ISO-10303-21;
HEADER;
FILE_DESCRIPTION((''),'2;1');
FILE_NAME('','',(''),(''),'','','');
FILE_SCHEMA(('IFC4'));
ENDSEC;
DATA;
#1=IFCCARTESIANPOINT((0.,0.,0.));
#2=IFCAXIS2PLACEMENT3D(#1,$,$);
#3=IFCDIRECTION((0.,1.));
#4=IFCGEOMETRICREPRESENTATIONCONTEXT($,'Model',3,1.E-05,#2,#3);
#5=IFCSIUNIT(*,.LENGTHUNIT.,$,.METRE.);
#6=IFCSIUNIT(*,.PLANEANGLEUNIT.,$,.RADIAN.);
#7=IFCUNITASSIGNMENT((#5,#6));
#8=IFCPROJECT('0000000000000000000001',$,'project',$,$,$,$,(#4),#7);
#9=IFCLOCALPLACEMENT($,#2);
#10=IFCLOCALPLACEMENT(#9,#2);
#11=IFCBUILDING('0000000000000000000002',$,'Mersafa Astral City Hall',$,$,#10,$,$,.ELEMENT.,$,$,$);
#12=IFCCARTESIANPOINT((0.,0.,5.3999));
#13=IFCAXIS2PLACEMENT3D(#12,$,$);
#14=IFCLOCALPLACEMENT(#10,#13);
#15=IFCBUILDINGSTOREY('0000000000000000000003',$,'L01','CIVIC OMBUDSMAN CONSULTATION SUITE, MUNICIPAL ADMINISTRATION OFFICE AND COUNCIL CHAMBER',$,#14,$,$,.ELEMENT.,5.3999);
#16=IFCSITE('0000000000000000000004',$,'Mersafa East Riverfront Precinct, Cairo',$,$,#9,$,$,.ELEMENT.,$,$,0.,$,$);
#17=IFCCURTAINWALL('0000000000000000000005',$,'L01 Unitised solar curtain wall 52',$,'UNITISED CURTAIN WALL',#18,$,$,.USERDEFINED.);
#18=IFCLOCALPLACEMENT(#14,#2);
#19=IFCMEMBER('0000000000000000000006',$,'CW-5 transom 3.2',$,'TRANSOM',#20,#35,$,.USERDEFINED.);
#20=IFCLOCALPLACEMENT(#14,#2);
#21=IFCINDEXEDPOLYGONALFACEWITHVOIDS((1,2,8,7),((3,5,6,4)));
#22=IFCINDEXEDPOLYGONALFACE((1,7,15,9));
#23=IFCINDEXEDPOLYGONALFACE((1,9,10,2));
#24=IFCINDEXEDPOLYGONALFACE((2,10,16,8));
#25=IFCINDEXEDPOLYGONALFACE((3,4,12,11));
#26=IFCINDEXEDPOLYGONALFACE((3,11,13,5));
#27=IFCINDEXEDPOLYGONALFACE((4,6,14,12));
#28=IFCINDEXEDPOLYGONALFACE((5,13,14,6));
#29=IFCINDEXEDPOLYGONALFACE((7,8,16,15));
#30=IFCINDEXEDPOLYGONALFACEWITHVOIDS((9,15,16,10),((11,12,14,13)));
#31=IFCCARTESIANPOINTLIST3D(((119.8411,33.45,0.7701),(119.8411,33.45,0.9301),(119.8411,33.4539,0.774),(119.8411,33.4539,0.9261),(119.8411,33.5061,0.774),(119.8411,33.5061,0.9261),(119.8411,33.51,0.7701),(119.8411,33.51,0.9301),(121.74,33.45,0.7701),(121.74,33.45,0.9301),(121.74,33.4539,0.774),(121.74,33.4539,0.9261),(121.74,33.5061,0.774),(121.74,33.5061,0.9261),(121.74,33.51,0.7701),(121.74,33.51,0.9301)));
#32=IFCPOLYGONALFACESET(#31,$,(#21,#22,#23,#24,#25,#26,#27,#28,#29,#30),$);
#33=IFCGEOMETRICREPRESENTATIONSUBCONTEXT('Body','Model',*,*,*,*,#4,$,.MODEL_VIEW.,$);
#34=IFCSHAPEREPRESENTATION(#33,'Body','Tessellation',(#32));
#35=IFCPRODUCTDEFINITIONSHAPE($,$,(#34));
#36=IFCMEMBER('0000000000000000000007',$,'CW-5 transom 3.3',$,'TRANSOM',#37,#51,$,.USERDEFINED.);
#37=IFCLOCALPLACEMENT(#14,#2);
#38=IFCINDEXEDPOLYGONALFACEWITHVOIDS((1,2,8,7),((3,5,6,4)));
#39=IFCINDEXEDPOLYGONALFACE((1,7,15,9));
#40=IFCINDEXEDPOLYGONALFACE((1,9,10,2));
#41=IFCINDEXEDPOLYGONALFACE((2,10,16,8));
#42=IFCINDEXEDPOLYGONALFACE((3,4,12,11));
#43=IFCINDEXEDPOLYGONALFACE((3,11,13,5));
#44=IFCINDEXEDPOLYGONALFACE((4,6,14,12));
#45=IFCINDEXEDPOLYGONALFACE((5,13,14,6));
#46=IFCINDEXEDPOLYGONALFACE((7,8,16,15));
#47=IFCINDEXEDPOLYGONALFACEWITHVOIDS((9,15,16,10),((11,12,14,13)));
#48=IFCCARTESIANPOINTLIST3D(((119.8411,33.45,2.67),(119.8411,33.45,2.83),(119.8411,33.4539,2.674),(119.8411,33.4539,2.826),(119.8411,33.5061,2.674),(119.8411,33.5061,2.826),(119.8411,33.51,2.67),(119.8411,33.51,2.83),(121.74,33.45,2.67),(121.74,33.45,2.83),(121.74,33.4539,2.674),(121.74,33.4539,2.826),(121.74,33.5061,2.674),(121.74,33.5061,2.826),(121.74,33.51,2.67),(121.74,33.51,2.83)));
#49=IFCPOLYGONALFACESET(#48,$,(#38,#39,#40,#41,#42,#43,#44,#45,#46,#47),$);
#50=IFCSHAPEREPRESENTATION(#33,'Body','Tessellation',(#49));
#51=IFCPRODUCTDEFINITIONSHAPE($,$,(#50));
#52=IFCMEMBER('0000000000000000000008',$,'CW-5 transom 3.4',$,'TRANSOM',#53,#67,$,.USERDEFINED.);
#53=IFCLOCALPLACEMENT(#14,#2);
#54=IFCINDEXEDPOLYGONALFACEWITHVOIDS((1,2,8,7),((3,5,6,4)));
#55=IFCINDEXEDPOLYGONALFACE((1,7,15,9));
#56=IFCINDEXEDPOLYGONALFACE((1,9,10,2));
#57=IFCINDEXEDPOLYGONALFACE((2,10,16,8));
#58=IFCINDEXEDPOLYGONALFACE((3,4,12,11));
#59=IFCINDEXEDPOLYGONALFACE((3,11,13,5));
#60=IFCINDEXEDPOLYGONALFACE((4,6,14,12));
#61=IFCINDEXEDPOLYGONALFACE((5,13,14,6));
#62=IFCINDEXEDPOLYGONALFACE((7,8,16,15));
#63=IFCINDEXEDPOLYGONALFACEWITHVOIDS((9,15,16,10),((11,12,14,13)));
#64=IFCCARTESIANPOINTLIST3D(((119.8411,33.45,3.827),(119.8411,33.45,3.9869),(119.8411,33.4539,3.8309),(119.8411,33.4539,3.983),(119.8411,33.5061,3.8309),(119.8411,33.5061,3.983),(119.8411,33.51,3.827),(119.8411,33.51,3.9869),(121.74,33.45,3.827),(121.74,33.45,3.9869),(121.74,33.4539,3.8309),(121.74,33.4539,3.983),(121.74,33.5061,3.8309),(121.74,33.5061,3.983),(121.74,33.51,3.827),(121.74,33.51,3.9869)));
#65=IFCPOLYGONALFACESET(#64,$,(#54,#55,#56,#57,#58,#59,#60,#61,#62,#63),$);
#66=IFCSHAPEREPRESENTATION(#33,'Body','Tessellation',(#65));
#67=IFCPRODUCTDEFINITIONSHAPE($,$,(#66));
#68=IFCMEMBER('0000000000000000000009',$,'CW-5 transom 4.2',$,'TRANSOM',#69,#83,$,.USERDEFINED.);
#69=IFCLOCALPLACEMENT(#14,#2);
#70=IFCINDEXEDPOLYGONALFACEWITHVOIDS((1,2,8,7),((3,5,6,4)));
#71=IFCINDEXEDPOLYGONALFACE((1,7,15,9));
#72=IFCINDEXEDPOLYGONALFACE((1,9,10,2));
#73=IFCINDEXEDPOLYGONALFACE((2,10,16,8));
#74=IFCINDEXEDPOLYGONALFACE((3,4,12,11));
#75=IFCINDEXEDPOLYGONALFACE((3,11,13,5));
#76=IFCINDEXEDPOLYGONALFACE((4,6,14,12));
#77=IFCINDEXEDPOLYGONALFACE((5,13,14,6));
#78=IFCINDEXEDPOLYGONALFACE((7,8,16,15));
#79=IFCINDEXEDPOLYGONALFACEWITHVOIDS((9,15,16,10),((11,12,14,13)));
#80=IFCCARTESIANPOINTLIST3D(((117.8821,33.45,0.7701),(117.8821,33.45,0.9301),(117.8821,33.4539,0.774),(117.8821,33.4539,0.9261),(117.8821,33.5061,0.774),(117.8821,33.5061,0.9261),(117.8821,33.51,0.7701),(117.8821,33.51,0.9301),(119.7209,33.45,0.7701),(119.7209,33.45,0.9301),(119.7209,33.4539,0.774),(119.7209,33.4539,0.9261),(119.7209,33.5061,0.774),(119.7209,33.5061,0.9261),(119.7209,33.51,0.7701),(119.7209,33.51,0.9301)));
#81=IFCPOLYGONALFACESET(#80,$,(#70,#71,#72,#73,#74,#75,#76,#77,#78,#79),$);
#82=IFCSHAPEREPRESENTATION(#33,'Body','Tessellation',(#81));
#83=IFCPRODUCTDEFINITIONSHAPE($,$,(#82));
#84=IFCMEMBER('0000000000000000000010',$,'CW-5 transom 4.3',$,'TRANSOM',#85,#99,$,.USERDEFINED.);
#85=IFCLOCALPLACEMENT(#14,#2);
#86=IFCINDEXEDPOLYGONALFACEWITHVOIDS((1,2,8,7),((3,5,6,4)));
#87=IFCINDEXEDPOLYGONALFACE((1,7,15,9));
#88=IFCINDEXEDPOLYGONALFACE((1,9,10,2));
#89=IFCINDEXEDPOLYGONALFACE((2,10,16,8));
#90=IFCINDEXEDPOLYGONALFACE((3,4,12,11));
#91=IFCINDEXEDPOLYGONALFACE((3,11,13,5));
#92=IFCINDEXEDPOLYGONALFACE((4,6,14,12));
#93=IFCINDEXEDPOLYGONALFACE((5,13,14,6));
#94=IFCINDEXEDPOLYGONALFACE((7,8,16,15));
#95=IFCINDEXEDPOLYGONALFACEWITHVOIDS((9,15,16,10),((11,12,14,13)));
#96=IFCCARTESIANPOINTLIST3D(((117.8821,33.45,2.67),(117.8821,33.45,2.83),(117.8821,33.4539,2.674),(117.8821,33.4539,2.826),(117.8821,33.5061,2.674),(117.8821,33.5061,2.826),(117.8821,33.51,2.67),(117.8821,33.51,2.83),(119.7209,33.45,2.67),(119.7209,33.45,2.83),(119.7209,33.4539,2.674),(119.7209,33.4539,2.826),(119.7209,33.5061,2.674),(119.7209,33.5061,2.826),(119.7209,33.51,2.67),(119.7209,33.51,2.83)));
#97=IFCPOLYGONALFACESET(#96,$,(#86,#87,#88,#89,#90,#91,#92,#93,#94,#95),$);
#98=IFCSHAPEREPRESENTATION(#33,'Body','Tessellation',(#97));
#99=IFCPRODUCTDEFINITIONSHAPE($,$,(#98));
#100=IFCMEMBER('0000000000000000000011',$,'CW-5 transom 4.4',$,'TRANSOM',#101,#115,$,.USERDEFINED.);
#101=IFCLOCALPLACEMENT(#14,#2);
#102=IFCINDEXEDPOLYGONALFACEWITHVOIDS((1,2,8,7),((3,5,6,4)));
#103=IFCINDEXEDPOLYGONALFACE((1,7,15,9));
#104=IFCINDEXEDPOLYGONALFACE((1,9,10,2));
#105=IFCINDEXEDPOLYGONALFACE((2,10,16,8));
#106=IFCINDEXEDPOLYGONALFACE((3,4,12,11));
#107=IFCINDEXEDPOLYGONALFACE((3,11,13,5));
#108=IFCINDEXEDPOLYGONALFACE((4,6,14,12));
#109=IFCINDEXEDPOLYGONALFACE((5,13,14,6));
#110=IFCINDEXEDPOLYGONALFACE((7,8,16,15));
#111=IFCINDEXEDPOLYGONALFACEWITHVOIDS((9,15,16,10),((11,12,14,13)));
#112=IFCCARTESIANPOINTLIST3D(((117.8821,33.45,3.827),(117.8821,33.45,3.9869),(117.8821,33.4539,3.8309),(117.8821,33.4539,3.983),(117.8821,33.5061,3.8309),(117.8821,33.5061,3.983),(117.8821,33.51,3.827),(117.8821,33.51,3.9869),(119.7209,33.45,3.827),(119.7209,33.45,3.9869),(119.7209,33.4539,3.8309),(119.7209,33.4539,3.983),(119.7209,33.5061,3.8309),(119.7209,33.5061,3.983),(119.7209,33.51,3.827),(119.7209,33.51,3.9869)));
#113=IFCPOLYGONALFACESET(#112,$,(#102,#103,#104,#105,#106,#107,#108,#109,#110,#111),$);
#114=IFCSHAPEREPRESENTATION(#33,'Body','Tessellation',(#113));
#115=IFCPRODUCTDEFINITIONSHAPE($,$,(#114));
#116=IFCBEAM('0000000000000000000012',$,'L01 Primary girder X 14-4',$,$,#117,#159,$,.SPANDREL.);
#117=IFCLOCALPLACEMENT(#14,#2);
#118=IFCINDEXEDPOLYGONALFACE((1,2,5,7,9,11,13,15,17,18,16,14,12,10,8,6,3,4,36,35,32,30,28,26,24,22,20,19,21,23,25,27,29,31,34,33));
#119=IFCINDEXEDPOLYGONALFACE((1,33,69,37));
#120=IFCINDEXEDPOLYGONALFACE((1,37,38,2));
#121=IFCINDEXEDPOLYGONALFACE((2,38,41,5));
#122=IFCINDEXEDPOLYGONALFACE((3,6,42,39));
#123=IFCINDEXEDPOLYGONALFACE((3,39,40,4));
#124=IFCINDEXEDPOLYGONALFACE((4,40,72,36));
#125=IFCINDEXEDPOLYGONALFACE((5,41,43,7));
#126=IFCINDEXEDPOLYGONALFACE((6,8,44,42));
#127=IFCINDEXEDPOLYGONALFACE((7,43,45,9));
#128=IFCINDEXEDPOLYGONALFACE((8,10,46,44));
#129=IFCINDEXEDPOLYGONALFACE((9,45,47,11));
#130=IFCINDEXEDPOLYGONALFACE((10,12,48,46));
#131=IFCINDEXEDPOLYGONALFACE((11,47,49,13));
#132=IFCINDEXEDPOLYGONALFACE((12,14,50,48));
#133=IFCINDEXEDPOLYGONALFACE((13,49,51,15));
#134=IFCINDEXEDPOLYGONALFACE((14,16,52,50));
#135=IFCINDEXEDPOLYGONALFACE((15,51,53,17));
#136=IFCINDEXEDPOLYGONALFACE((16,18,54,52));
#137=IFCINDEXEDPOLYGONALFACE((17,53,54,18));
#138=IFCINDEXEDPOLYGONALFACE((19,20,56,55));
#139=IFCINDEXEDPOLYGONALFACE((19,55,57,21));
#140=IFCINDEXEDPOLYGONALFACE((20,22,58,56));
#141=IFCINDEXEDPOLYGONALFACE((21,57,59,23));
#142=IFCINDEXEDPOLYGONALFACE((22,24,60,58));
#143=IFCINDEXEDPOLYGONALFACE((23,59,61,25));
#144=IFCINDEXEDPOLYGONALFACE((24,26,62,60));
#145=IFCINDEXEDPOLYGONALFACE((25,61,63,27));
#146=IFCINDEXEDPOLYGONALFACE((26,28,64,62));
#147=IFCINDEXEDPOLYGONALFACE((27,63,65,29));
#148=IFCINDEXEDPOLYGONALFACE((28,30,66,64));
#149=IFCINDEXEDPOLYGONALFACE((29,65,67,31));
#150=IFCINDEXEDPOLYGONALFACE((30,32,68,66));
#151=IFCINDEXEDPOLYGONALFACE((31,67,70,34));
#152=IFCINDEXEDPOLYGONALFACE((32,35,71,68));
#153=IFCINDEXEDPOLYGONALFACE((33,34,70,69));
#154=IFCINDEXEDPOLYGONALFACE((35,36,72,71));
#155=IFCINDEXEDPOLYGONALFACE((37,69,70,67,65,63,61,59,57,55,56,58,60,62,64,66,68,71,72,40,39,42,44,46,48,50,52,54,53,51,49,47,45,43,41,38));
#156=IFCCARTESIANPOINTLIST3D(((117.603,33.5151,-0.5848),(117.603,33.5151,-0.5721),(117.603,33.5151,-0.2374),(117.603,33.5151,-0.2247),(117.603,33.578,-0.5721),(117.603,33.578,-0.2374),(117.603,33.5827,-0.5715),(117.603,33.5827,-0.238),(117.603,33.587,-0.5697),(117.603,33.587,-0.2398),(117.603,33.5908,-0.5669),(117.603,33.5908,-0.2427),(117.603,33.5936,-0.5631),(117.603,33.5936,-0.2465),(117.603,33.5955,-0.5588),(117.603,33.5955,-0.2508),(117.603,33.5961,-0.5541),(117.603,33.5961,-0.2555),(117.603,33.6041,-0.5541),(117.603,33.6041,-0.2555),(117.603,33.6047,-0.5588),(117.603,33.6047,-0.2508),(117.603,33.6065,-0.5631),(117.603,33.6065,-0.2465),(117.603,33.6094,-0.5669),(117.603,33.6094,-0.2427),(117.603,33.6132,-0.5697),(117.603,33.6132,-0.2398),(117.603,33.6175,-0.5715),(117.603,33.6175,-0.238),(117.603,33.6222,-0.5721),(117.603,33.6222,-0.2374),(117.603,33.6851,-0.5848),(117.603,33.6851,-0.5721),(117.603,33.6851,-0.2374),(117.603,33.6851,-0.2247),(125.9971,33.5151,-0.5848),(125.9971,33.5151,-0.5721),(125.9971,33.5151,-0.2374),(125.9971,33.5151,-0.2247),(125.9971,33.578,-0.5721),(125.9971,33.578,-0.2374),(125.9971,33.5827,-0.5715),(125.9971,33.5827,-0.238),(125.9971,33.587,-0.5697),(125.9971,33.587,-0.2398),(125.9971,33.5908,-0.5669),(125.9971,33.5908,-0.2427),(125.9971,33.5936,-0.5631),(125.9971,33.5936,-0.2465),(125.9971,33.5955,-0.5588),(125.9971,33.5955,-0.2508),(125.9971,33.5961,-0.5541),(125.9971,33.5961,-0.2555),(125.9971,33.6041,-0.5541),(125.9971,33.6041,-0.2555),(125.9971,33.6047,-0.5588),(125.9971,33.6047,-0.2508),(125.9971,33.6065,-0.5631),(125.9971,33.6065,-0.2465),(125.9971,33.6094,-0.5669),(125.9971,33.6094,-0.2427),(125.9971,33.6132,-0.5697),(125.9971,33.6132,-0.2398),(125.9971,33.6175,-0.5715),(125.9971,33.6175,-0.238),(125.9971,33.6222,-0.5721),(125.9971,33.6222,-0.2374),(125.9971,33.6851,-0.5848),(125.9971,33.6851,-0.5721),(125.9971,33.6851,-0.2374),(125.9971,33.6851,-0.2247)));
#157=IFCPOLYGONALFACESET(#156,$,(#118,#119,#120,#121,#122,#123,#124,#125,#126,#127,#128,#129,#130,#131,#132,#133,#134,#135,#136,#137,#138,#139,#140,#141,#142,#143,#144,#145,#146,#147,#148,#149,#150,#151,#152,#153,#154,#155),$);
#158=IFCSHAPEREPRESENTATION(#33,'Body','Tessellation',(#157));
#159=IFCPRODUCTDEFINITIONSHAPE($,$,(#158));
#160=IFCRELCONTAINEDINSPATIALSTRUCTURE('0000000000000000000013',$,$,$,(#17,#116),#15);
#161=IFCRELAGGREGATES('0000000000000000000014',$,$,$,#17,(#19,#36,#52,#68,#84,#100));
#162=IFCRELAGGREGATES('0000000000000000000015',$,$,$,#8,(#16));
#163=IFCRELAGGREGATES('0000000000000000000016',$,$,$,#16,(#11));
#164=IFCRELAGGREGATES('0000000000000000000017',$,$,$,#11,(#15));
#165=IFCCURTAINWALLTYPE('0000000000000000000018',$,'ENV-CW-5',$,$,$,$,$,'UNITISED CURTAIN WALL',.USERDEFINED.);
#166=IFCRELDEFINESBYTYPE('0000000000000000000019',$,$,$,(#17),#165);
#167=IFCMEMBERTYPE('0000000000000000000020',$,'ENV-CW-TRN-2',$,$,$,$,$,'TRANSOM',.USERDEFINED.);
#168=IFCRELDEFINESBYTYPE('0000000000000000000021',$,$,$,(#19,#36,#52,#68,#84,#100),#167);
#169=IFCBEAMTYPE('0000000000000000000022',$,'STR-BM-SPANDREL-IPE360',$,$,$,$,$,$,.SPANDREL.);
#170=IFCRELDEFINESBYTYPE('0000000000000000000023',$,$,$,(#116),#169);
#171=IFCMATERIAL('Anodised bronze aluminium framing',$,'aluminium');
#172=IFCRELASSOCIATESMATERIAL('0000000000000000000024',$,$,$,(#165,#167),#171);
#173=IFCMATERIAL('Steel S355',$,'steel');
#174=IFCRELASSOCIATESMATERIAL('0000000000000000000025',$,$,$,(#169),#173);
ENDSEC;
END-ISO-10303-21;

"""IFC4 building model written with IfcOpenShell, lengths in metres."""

from ifc_helpers import new_model, si_unit, direction, frame, origin, origin_2d, place, context, subcontext, project, spatial, hollow_rectangle, i_section, extrude, material, material_profile, profile_set, type_object, element, aggregate, save


model = new_model("IFC4")

# Units and contexts
model_context = context("Model", 3, precision=1e-05, world=origin(), true_north=direction((0.0, 1.0)))
body_context = subcontext(model_context, "Body", "Model", "MODEL_VIEW")
ifc_project = project(units=[si_unit("LENGTHUNIT", "METRE"), si_unit("PLANEANGLEUNIT", "RADIAN")], contexts=[model_context])

# Site, building, storey
site_placement = place(None, origin())
site = spatial("IfcSite", under=ifc_project, at=site_placement, Name="Mersafa East Riverfront Precinct, Cairo", CompositionType="ELEMENT", RefElevation=0.0)
building_placement = place(site_placement, origin())
building = spatial("IfcBuilding", under=site, at=building_placement, Name="Mersafa Astral City Hall", CompositionType="ELEMENT")
storey_placement = place(building_placement, frame((0.0, 0.0, 5.3999)))
storey = spatial("IfcBuildingStorey", under=building, at=storey_placement, Name="L01", Description="CIVIC OMBUDSMAN CONSULTATION SUITE, MUNICIPAL ADMINISTRATION OFFICE AND COUNCIL CHAMBER", CompositionType="ELEMENT", Elevation=5.3999)

# Shared definitions
ifc_material_1 = material(Name="Steel S355", Category="steel")

# Curtain wall
ifc_material_2 = material(Name="Anodised bronze aluminium framing", Category="aluminium")
curtain_wall_type_1 = type_object("IfcCurtainWallType", Name="ENV-CW-5", ElementType="UNITISED CURTAIN WALL", PredefinedType="USERDEFINED", material=ifc_material_2)
curtain_wall_1_placement = place(storey_placement, origin())
curtain_wall_1 = element("IfcCurtainWall", 1, at=curtain_wall_1_placement, inside=storey, type_object=curtain_wall_type_1, Name="L01 Unitised solar curtain wall 52", ObjectType="UNITISED CURTAIN WALL", PredefinedType="USERDEFINED")

# Members
ifc_material_profile_1 = material_profile(ifc_material_2, hollow_rectangle(XDim=0.0601, YDim=0.1599, WallThickness=0.0039, at=origin_2d()), Name="RHS 60x160x4")
ifc_profile_set_1 = profile_set([ifc_material_profile_1], Name="Anodised bronze aluminium framing")
member_type_1 = type_object("IfcMemberType", Name="ENV-CW-TRN-2", ElementType="TRANSOM", PredefinedType="USERDEFINED", material=ifc_profile_set_1)
member_1_placement = place(storey_placement, frame((121.74, 33.48, 0.8501), z_axis=(-1.0, 0.0, 0.0), x_axis=(0.0, -1.0, 0.0)))
member_1 = element("IfcMember", 2, at=member_1_placement, type_object=member_type_1, Name="CW-5 transom 3.2", ObjectType="TRANSOM", PredefinedType="USERDEFINED", context=body_context, shape_type="SweptSolid", body=[
    extrude(hollow_rectangle(XDim=0.0601, YDim=0.1599, WallThickness=0.0039, at=origin_2d()), origin(), (0.0, 0.0, 1.0), 1.8989),
])
member_2_placement = place(storey_placement, frame((121.74, 33.48, 2.75), z_axis=(-1.0, 0.0, 0.0), x_axis=(0.0, -1.0, 0.0)))
member_2 = element("IfcMember", 3, at=member_2_placement, type_object=member_type_1, Name="CW-5 transom 3.3", ObjectType="TRANSOM", PredefinedType="USERDEFINED", context=body_context, shape_type="SweptSolid", body=[
    extrude(hollow_rectangle(XDim=0.0601, YDim=0.1599, WallThickness=0.0039, at=origin_2d()), origin(), (0.0, 0.0, 1.0), 1.8989),
])
member_3_placement = place(storey_placement, frame((121.74, 33.48, 3.907), z_axis=(-1.0, 0.0, 0.0), x_axis=(0.0, -1.0, 0.0)))
member_3 = element("IfcMember", 4, at=member_3_placement, type_object=member_type_1, Name="CW-5 transom 3.4", ObjectType="TRANSOM", PredefinedType="USERDEFINED", context=body_context, shape_type="SweptSolid", body=[
    extrude(hollow_rectangle(XDim=0.0601, YDim=0.1599, WallThickness=0.0039, at=origin_2d()), origin(), (0.0, 0.0, 1.0), 1.8989),
])
member_4_placement = place(storey_placement, frame((119.7209, 33.48, 0.8501), z_axis=(-1.0, 0.0, 0.0), x_axis=(0.0, -1.0, 0.0)))
member_4 = element("IfcMember", 5, at=member_4_placement, type_object=member_type_1, Name="CW-5 transom 4.2", ObjectType="TRANSOM", PredefinedType="USERDEFINED", context=body_context, shape_type="SweptSolid", body=[
    extrude(hollow_rectangle(XDim=0.0601, YDim=0.1599, WallThickness=0.0039, at=origin_2d()), origin(), (0.0, 0.0, 1.0), 1.8389),
])
member_5_placement = place(storey_placement, frame((119.7209, 33.48, 2.75), z_axis=(-1.0, 0.0, 0.0), x_axis=(0.0, -1.0, 0.0)))
member_5 = element("IfcMember", 6, at=member_5_placement, type_object=member_type_1, Name="CW-5 transom 4.3", ObjectType="TRANSOM", PredefinedType="USERDEFINED", context=body_context, shape_type="SweptSolid", body=[
    extrude(hollow_rectangle(XDim=0.0601, YDim=0.1599, WallThickness=0.0039, at=origin_2d()), origin(), (0.0, 0.0, 1.0), 1.8389),
])
member_6_placement = place(storey_placement, frame((119.7209, 33.48, 3.907), z_axis=(-1.0, 0.0, 0.0), x_axis=(0.0, -1.0, 0.0)))
member_6 = element("IfcMember", 7, at=member_6_placement, type_object=member_type_1, Name="CW-5 transom 4.4", ObjectType="TRANSOM", PredefinedType="USERDEFINED", context=body_context, shape_type="SweptSolid", body=[
    extrude(hollow_rectangle(XDim=0.0601, YDim=0.1599, WallThickness=0.0039, at=origin_2d()), origin(), (0.0, 0.0, 1.0), 1.8389),
])

# Beam
ifc_material_profile_2 = material_profile(ifc_material_1, i_section(OverallWidth=0.1699, OverallDepth=0.3601, WebThickness=0.0081, FlangeThickness=0.0127, FilletRadius=0.0181, at=origin_2d()), Name="IPE 360")
ifc_profile_set_2 = profile_set([ifc_material_profile_2], Name="Steel S355")
beam_type = type_object("IfcBeamType", Name="STR-BM-SPANDREL-IPE360", PredefinedType="SPANDREL", material=ifc_profile_set_2)
beam_1_placement = place(storey_placement, frame((117.603, 33.6001, -0.4048), z_axis=(1.0, 0.0, 0.0), x_axis=(0.0, 1.0, 0.0)))
element("IfcBeam", 8, at=beam_1_placement, inside=storey, type_object=beam_type, Name="L01 Primary girder X 14-4", PredefinedType="SPANDREL", context=body_context, shape_type="SweptSolid", body=[
    extrude(i_section(OverallWidth=0.1699, OverallDepth=0.3601, WebThickness=0.0081, FlangeThickness=0.0127, FilletRadius=0.0181, at=origin_2d()), origin(), (0.0, 0.0, 1.0), 8.394),
])

aggregate(curtain_wall_1, [member_1, member_2, member_3, member_4, member_5, member_6])

save(model, "model.ifc")
